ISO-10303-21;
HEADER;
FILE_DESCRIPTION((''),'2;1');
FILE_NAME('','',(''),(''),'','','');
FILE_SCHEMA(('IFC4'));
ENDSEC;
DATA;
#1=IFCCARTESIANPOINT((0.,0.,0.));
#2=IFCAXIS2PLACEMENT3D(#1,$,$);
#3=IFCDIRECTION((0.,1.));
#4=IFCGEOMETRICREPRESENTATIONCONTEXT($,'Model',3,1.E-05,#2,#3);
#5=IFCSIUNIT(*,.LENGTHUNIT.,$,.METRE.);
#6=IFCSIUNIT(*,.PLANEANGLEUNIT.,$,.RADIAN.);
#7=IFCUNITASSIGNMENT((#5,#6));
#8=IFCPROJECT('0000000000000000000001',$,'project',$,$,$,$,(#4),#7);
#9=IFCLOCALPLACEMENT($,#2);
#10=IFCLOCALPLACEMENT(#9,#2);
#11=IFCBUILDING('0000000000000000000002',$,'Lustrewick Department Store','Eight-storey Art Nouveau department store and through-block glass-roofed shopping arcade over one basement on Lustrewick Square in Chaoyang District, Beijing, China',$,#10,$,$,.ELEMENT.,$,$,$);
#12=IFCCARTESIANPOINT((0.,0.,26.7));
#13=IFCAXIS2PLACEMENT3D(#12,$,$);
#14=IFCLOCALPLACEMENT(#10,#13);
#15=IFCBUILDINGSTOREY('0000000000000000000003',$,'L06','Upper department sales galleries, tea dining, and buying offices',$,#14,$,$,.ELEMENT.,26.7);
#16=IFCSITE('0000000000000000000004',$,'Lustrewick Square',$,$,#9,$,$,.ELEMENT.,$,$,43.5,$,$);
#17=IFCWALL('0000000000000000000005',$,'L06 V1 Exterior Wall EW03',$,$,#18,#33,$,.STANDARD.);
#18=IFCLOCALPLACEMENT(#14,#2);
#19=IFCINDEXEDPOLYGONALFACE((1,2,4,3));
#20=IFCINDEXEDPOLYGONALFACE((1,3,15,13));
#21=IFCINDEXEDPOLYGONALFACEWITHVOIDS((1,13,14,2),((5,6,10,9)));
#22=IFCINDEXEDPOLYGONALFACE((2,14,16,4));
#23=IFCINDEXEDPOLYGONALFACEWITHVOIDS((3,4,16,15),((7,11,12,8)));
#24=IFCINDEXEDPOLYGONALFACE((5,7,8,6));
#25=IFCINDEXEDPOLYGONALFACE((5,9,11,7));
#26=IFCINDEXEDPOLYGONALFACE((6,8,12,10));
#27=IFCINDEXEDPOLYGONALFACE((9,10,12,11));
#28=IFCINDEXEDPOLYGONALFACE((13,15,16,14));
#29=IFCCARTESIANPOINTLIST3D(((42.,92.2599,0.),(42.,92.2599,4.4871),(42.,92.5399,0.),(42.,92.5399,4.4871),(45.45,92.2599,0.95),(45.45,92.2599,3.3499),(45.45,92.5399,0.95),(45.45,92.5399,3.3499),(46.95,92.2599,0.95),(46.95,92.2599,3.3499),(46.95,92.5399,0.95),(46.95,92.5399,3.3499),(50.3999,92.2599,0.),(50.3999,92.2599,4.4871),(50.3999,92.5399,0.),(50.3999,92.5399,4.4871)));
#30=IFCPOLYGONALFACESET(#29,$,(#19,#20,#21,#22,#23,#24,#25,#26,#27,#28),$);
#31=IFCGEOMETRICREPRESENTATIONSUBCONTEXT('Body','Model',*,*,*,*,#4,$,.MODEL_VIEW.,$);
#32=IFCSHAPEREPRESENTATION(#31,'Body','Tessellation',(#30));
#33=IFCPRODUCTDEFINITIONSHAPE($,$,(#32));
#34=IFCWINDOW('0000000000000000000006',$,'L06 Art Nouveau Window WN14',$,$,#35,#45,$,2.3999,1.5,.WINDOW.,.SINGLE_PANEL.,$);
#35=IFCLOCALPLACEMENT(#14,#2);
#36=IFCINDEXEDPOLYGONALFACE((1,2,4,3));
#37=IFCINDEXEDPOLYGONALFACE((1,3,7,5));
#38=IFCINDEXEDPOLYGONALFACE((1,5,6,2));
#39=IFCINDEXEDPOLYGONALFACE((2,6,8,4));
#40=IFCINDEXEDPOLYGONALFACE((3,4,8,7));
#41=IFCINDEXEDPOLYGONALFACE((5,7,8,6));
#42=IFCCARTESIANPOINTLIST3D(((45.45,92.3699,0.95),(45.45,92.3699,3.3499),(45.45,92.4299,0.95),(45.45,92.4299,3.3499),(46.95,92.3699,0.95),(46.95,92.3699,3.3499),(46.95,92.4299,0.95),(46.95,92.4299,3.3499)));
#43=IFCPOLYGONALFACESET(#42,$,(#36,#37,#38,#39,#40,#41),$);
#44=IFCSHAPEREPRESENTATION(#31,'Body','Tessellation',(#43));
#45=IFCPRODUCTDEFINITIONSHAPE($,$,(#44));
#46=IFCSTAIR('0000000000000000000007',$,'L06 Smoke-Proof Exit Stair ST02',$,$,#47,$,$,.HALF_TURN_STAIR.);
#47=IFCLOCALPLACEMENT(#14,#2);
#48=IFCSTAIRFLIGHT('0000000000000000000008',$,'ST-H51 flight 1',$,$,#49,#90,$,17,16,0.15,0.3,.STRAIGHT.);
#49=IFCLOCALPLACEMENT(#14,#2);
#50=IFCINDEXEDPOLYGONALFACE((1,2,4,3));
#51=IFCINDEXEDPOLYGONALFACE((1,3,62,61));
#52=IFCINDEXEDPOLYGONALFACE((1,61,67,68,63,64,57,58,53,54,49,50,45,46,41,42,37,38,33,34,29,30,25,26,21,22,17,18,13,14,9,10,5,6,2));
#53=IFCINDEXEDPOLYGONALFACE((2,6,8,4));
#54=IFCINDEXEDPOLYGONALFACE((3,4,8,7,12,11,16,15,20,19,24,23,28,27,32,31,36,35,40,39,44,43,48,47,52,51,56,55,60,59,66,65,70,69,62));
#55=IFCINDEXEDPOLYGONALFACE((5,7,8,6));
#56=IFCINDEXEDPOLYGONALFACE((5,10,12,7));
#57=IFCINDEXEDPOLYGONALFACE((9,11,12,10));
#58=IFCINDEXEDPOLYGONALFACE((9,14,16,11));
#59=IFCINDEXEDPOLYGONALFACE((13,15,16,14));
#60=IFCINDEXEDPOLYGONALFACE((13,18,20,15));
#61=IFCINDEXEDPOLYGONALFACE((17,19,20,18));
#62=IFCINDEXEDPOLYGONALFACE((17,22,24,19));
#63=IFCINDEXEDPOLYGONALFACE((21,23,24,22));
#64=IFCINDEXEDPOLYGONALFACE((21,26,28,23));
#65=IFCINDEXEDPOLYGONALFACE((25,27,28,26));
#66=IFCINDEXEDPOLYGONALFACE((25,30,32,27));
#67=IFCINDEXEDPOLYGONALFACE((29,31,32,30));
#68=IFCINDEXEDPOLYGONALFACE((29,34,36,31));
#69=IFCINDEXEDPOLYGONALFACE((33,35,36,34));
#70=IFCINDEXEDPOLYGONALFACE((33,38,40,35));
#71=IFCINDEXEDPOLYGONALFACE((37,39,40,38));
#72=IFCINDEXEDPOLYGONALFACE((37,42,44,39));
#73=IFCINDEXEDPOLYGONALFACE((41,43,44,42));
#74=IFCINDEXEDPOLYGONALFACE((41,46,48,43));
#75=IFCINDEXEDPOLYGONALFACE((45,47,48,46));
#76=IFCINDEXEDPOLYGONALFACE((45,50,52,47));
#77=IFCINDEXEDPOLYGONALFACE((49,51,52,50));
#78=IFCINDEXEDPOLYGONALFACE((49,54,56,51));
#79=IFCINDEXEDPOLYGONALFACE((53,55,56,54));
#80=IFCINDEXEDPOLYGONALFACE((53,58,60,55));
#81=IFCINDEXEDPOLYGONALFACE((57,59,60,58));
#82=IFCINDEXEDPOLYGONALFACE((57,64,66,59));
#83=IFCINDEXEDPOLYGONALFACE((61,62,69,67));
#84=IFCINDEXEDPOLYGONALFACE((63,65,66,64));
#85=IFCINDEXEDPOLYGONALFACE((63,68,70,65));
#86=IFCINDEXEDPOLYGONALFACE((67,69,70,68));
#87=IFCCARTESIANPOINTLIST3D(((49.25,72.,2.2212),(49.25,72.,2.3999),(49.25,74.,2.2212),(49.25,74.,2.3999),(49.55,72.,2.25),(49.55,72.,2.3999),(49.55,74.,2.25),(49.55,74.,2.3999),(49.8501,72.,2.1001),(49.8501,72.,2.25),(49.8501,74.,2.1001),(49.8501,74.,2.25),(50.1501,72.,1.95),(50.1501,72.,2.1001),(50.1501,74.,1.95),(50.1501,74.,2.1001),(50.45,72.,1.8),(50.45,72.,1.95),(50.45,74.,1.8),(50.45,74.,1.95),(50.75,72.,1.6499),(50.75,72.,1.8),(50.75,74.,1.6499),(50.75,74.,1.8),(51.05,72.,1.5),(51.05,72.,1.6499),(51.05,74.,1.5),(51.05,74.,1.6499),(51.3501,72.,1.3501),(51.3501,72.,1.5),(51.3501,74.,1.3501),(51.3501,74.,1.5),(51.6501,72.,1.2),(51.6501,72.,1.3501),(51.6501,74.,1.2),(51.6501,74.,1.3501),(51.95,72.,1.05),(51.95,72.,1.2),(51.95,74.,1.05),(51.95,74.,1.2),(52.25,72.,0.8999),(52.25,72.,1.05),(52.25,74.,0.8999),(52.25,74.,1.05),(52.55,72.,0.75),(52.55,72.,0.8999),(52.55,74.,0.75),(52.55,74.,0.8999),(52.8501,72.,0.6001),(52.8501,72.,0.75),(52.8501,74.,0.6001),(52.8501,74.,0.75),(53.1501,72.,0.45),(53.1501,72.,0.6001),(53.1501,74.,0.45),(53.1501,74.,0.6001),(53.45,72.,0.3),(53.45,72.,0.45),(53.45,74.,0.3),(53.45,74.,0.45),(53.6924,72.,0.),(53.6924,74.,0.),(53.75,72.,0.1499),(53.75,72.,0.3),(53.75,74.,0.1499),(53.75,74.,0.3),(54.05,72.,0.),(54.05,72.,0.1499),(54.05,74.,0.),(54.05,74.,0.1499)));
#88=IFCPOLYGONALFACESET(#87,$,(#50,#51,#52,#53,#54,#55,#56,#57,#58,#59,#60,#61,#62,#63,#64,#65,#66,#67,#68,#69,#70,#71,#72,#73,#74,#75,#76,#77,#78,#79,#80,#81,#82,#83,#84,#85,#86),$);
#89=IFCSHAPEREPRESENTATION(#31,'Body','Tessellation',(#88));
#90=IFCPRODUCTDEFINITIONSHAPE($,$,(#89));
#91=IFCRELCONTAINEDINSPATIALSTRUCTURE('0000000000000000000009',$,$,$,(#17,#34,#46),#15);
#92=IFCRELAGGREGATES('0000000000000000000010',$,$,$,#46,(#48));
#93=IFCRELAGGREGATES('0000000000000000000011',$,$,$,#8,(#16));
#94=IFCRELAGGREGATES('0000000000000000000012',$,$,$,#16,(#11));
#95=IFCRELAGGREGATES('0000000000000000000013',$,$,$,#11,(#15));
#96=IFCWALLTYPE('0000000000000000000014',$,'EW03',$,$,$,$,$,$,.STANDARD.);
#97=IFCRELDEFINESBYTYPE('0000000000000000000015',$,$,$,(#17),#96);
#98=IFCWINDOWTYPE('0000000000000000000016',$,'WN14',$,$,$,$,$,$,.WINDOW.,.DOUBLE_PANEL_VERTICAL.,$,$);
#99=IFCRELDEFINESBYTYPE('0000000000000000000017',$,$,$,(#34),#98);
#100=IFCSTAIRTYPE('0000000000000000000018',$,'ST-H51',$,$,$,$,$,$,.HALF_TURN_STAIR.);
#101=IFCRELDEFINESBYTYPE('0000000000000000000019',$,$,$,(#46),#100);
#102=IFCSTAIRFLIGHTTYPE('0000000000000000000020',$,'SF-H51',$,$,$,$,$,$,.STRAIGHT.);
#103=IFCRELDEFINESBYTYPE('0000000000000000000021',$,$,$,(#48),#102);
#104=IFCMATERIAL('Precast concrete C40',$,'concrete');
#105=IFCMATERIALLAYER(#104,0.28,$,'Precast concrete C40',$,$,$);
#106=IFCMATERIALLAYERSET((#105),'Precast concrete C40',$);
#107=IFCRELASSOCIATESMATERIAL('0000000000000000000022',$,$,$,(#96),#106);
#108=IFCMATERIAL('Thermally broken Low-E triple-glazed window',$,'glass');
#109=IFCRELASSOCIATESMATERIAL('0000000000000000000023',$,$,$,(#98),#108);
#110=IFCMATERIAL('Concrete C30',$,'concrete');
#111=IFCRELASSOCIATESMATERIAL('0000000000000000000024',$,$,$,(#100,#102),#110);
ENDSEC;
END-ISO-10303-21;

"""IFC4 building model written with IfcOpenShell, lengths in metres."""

from ifc_helpers import new_model, si_unit, direction, frame, frame_2d, origin, place, context, subcontext, project, spatial, polyline, rectangle, outline, extrude, material, layer, layer_set, type_object, element, fill, aggregate, save


model = new_model("IFC4")

# Units and contexts
model_context = context("Model", 3, precision=1e-05, world=origin(), true_north=direction((0.0, 1.0)))
body_context = subcontext(model_context, "Body", "Model", "MODEL_VIEW")
ifc_project = project(units=[si_unit("LENGTHUNIT", "METRE"), si_unit("PLANEANGLEUNIT", "RADIAN")], contexts=[model_context])

# Site, building, storey
site_placement = place(None, origin())
site = spatial("IfcSite", under=ifc_project, at=site_placement, Name="Lustrewick Square", CompositionType="ELEMENT", RefElevation=43.5)
building_placement = place(site_placement, origin())
building = spatial("IfcBuilding", under=site, at=building_placement, Name="Lustrewick Department Store", Description="Eight-storey Art Nouveau department store and through-block glass-roofed shopping arcade over one basement on Lustrewick Square in Chaoyang District, Beijing, China", CompositionType="ELEMENT")
storey_placement = place(building_placement, frame((0.0, 0.0, 26.7)))
storey = spatial("IfcBuildingStorey", under=building, at=storey_placement, Name="L06", Description="Upper department sales galleries, tea dining, and buying offices", CompositionType="ELEMENT", Elevation=26.7)

# Wall, opening, window
ifc_material_1 = material(Name="Precast concrete C40", Category="concrete")
ifc_material_2 = material(Name="Thermally broken Low-E triple-glazed window", Category="glass")
ifc_layer_1 = layer(ifc_material_1, 0.28, Name="Precast concrete C40")
ifc_layer_set_1 = layer_set([ifc_layer_1], Name="Precast concrete C40")
wall_type_1 = type_object("IfcWallType", Name="EW03", PredefinedType="STANDARD", material=ifc_layer_set_1)
wall_1_placement = place(storey_placement, frame((50.3999, 92.3999, 0.0), z_axis=(0.0, 0.0, 1.0), x_axis=(-1.0, 0.0, 0.0)))
wall_1 = element("IfcWall", 1, at=wall_1_placement, inside=storey, type_object=wall_type_1, Name="L06 V1 Exterior Wall EW03", PredefinedType="STANDARD", context=body_context, shape_type="SweptSolid", body=[
    extrude(rectangle(XDim=8.3999, YDim=0.28, at=frame_2d((4.2, 0.0))), origin(), (0.0, 0.0, 1.0), 4.4871),
])
opening_1_placement = place(wall_1_placement, frame((3.45, 0.0, 0.95)))
opening_1 = element("IfcOpeningElement", 2, at=opening_1_placement, cuts=wall_1, PredefinedType="OPENING", context=body_context, shape_type="SweptSolid", body=[
    extrude(rectangle(XDim=1.5, YDim=2.3999, at=frame_2d((0.75, 1.2))), frame((0.0, 0.1499, 0.0), z_axis=(0.0, -1.0, 0.0), x_axis=(1.0, 0.0, 0.0)), (0.0, 0.0, 1.0), 0.3),
])
window_type_1 = type_object("IfcWindowType", Name="WN14", PartitioningType="DOUBLE_PANEL_VERTICAL", PredefinedType="WINDOW", material=ifc_material_2)
window_1_placement = place(opening_1_placement, origin())
window_1 = element("IfcWindow", 3, at=window_1_placement, inside=storey, type_object=window_type_1, Name="L06 Art Nouveau Window WN14", OverallHeight=2.3999, OverallWidth=1.5, PartitioningType="SINGLE_PANEL", PredefinedType="WINDOW", context=body_context, shape_type="SweptSolid", body=[
    extrude(rectangle(XDim=1.5, YDim=2.3999, at=frame_2d((0.75, 1.2))), frame((0.0, 0.03, 0.0), z_axis=(0.0, -1.0, 0.0), x_axis=(1.0, 0.0, 0.0)), (0.0, 0.0, 1.0), 0.0601),
])
fill(opening_1, window_1)

# Stair, stair flight
ifc_material_3 = material(Name="Concrete C30", Category="concrete")
stair_type = type_object("IfcStairType", Name="ST-H51", PredefinedType="HALF_TURN_STAIR", material=ifc_material_3)
stair_placement = place(storey_placement, origin())
stair = element("IfcStair", 4, at=stair_placement, inside=storey, type_object=stair_type, Name="L06 Smoke-Proof Exit Stair ST02", PredefinedType="HALF_TURN_STAIR")
stair_flight_type = type_object("IfcStairFlightType", Name="SF-H51", PredefinedType="STRAIGHT", material=ifc_material_3)
stair_flight_placement = place(storey_placement, frame((54.05, 73.0, 0.0), z_axis=(0.0, 0.0, 1.0), x_axis=(-1.0, 0.0, 0.0)))
stair_flight = element("IfcStairFlight", 5, at=stair_flight_placement, type_object=stair_flight_type, Name="ST-H51 flight 1", NumberOfRisers=17, NumberOfTreads=16, PredefinedType="STRAIGHT", RiserHeight=0.15, TreadLength=0.3, context=body_context, shape_type="SweptSolid", body=[
    extrude(outline(polyline([(0.0, 0.0), (0.0, 0.1499), (0.3, 0.1499), (0.3, 0.3), (0.6001, 0.3), (0.6001, 0.45), (0.8999, 0.45), (0.8999, 0.6001), (1.2, 0.6001), (1.2, 0.75), (1.5, 0.75), (1.5, 0.8999), (1.8, 0.8999), (1.8, 1.05), (2.1001, 1.05), (2.1001, 1.2), (2.3999, 1.2), (2.3999, 1.3501), (2.7, 1.3501), (2.7, 1.5), (3.0, 1.5), (3.0, 1.6499), (3.3, 1.6499), (3.3, 1.8), (3.6001, 1.8), (3.6001, 1.95), (3.8999, 1.95), (3.8999, 2.1001), (4.2, 2.1001), (4.2, 2.25), (4.5, 2.25), (4.5, 2.3999), (4.8, 2.3999), (4.8, 2.55), (4.8, 2.2212), (0.3577, 0.0), (0.0, 0.0)])), frame((0.0, 1.0, 0.0), z_axis=(0.0, -1.0, 0.0), x_axis=(1.0, 0.0, 0.0)), (0.0, 0.0, 1.0), 2.0),
])
aggregate(stair, [stair_flight])

save(model, "model.ifc")
